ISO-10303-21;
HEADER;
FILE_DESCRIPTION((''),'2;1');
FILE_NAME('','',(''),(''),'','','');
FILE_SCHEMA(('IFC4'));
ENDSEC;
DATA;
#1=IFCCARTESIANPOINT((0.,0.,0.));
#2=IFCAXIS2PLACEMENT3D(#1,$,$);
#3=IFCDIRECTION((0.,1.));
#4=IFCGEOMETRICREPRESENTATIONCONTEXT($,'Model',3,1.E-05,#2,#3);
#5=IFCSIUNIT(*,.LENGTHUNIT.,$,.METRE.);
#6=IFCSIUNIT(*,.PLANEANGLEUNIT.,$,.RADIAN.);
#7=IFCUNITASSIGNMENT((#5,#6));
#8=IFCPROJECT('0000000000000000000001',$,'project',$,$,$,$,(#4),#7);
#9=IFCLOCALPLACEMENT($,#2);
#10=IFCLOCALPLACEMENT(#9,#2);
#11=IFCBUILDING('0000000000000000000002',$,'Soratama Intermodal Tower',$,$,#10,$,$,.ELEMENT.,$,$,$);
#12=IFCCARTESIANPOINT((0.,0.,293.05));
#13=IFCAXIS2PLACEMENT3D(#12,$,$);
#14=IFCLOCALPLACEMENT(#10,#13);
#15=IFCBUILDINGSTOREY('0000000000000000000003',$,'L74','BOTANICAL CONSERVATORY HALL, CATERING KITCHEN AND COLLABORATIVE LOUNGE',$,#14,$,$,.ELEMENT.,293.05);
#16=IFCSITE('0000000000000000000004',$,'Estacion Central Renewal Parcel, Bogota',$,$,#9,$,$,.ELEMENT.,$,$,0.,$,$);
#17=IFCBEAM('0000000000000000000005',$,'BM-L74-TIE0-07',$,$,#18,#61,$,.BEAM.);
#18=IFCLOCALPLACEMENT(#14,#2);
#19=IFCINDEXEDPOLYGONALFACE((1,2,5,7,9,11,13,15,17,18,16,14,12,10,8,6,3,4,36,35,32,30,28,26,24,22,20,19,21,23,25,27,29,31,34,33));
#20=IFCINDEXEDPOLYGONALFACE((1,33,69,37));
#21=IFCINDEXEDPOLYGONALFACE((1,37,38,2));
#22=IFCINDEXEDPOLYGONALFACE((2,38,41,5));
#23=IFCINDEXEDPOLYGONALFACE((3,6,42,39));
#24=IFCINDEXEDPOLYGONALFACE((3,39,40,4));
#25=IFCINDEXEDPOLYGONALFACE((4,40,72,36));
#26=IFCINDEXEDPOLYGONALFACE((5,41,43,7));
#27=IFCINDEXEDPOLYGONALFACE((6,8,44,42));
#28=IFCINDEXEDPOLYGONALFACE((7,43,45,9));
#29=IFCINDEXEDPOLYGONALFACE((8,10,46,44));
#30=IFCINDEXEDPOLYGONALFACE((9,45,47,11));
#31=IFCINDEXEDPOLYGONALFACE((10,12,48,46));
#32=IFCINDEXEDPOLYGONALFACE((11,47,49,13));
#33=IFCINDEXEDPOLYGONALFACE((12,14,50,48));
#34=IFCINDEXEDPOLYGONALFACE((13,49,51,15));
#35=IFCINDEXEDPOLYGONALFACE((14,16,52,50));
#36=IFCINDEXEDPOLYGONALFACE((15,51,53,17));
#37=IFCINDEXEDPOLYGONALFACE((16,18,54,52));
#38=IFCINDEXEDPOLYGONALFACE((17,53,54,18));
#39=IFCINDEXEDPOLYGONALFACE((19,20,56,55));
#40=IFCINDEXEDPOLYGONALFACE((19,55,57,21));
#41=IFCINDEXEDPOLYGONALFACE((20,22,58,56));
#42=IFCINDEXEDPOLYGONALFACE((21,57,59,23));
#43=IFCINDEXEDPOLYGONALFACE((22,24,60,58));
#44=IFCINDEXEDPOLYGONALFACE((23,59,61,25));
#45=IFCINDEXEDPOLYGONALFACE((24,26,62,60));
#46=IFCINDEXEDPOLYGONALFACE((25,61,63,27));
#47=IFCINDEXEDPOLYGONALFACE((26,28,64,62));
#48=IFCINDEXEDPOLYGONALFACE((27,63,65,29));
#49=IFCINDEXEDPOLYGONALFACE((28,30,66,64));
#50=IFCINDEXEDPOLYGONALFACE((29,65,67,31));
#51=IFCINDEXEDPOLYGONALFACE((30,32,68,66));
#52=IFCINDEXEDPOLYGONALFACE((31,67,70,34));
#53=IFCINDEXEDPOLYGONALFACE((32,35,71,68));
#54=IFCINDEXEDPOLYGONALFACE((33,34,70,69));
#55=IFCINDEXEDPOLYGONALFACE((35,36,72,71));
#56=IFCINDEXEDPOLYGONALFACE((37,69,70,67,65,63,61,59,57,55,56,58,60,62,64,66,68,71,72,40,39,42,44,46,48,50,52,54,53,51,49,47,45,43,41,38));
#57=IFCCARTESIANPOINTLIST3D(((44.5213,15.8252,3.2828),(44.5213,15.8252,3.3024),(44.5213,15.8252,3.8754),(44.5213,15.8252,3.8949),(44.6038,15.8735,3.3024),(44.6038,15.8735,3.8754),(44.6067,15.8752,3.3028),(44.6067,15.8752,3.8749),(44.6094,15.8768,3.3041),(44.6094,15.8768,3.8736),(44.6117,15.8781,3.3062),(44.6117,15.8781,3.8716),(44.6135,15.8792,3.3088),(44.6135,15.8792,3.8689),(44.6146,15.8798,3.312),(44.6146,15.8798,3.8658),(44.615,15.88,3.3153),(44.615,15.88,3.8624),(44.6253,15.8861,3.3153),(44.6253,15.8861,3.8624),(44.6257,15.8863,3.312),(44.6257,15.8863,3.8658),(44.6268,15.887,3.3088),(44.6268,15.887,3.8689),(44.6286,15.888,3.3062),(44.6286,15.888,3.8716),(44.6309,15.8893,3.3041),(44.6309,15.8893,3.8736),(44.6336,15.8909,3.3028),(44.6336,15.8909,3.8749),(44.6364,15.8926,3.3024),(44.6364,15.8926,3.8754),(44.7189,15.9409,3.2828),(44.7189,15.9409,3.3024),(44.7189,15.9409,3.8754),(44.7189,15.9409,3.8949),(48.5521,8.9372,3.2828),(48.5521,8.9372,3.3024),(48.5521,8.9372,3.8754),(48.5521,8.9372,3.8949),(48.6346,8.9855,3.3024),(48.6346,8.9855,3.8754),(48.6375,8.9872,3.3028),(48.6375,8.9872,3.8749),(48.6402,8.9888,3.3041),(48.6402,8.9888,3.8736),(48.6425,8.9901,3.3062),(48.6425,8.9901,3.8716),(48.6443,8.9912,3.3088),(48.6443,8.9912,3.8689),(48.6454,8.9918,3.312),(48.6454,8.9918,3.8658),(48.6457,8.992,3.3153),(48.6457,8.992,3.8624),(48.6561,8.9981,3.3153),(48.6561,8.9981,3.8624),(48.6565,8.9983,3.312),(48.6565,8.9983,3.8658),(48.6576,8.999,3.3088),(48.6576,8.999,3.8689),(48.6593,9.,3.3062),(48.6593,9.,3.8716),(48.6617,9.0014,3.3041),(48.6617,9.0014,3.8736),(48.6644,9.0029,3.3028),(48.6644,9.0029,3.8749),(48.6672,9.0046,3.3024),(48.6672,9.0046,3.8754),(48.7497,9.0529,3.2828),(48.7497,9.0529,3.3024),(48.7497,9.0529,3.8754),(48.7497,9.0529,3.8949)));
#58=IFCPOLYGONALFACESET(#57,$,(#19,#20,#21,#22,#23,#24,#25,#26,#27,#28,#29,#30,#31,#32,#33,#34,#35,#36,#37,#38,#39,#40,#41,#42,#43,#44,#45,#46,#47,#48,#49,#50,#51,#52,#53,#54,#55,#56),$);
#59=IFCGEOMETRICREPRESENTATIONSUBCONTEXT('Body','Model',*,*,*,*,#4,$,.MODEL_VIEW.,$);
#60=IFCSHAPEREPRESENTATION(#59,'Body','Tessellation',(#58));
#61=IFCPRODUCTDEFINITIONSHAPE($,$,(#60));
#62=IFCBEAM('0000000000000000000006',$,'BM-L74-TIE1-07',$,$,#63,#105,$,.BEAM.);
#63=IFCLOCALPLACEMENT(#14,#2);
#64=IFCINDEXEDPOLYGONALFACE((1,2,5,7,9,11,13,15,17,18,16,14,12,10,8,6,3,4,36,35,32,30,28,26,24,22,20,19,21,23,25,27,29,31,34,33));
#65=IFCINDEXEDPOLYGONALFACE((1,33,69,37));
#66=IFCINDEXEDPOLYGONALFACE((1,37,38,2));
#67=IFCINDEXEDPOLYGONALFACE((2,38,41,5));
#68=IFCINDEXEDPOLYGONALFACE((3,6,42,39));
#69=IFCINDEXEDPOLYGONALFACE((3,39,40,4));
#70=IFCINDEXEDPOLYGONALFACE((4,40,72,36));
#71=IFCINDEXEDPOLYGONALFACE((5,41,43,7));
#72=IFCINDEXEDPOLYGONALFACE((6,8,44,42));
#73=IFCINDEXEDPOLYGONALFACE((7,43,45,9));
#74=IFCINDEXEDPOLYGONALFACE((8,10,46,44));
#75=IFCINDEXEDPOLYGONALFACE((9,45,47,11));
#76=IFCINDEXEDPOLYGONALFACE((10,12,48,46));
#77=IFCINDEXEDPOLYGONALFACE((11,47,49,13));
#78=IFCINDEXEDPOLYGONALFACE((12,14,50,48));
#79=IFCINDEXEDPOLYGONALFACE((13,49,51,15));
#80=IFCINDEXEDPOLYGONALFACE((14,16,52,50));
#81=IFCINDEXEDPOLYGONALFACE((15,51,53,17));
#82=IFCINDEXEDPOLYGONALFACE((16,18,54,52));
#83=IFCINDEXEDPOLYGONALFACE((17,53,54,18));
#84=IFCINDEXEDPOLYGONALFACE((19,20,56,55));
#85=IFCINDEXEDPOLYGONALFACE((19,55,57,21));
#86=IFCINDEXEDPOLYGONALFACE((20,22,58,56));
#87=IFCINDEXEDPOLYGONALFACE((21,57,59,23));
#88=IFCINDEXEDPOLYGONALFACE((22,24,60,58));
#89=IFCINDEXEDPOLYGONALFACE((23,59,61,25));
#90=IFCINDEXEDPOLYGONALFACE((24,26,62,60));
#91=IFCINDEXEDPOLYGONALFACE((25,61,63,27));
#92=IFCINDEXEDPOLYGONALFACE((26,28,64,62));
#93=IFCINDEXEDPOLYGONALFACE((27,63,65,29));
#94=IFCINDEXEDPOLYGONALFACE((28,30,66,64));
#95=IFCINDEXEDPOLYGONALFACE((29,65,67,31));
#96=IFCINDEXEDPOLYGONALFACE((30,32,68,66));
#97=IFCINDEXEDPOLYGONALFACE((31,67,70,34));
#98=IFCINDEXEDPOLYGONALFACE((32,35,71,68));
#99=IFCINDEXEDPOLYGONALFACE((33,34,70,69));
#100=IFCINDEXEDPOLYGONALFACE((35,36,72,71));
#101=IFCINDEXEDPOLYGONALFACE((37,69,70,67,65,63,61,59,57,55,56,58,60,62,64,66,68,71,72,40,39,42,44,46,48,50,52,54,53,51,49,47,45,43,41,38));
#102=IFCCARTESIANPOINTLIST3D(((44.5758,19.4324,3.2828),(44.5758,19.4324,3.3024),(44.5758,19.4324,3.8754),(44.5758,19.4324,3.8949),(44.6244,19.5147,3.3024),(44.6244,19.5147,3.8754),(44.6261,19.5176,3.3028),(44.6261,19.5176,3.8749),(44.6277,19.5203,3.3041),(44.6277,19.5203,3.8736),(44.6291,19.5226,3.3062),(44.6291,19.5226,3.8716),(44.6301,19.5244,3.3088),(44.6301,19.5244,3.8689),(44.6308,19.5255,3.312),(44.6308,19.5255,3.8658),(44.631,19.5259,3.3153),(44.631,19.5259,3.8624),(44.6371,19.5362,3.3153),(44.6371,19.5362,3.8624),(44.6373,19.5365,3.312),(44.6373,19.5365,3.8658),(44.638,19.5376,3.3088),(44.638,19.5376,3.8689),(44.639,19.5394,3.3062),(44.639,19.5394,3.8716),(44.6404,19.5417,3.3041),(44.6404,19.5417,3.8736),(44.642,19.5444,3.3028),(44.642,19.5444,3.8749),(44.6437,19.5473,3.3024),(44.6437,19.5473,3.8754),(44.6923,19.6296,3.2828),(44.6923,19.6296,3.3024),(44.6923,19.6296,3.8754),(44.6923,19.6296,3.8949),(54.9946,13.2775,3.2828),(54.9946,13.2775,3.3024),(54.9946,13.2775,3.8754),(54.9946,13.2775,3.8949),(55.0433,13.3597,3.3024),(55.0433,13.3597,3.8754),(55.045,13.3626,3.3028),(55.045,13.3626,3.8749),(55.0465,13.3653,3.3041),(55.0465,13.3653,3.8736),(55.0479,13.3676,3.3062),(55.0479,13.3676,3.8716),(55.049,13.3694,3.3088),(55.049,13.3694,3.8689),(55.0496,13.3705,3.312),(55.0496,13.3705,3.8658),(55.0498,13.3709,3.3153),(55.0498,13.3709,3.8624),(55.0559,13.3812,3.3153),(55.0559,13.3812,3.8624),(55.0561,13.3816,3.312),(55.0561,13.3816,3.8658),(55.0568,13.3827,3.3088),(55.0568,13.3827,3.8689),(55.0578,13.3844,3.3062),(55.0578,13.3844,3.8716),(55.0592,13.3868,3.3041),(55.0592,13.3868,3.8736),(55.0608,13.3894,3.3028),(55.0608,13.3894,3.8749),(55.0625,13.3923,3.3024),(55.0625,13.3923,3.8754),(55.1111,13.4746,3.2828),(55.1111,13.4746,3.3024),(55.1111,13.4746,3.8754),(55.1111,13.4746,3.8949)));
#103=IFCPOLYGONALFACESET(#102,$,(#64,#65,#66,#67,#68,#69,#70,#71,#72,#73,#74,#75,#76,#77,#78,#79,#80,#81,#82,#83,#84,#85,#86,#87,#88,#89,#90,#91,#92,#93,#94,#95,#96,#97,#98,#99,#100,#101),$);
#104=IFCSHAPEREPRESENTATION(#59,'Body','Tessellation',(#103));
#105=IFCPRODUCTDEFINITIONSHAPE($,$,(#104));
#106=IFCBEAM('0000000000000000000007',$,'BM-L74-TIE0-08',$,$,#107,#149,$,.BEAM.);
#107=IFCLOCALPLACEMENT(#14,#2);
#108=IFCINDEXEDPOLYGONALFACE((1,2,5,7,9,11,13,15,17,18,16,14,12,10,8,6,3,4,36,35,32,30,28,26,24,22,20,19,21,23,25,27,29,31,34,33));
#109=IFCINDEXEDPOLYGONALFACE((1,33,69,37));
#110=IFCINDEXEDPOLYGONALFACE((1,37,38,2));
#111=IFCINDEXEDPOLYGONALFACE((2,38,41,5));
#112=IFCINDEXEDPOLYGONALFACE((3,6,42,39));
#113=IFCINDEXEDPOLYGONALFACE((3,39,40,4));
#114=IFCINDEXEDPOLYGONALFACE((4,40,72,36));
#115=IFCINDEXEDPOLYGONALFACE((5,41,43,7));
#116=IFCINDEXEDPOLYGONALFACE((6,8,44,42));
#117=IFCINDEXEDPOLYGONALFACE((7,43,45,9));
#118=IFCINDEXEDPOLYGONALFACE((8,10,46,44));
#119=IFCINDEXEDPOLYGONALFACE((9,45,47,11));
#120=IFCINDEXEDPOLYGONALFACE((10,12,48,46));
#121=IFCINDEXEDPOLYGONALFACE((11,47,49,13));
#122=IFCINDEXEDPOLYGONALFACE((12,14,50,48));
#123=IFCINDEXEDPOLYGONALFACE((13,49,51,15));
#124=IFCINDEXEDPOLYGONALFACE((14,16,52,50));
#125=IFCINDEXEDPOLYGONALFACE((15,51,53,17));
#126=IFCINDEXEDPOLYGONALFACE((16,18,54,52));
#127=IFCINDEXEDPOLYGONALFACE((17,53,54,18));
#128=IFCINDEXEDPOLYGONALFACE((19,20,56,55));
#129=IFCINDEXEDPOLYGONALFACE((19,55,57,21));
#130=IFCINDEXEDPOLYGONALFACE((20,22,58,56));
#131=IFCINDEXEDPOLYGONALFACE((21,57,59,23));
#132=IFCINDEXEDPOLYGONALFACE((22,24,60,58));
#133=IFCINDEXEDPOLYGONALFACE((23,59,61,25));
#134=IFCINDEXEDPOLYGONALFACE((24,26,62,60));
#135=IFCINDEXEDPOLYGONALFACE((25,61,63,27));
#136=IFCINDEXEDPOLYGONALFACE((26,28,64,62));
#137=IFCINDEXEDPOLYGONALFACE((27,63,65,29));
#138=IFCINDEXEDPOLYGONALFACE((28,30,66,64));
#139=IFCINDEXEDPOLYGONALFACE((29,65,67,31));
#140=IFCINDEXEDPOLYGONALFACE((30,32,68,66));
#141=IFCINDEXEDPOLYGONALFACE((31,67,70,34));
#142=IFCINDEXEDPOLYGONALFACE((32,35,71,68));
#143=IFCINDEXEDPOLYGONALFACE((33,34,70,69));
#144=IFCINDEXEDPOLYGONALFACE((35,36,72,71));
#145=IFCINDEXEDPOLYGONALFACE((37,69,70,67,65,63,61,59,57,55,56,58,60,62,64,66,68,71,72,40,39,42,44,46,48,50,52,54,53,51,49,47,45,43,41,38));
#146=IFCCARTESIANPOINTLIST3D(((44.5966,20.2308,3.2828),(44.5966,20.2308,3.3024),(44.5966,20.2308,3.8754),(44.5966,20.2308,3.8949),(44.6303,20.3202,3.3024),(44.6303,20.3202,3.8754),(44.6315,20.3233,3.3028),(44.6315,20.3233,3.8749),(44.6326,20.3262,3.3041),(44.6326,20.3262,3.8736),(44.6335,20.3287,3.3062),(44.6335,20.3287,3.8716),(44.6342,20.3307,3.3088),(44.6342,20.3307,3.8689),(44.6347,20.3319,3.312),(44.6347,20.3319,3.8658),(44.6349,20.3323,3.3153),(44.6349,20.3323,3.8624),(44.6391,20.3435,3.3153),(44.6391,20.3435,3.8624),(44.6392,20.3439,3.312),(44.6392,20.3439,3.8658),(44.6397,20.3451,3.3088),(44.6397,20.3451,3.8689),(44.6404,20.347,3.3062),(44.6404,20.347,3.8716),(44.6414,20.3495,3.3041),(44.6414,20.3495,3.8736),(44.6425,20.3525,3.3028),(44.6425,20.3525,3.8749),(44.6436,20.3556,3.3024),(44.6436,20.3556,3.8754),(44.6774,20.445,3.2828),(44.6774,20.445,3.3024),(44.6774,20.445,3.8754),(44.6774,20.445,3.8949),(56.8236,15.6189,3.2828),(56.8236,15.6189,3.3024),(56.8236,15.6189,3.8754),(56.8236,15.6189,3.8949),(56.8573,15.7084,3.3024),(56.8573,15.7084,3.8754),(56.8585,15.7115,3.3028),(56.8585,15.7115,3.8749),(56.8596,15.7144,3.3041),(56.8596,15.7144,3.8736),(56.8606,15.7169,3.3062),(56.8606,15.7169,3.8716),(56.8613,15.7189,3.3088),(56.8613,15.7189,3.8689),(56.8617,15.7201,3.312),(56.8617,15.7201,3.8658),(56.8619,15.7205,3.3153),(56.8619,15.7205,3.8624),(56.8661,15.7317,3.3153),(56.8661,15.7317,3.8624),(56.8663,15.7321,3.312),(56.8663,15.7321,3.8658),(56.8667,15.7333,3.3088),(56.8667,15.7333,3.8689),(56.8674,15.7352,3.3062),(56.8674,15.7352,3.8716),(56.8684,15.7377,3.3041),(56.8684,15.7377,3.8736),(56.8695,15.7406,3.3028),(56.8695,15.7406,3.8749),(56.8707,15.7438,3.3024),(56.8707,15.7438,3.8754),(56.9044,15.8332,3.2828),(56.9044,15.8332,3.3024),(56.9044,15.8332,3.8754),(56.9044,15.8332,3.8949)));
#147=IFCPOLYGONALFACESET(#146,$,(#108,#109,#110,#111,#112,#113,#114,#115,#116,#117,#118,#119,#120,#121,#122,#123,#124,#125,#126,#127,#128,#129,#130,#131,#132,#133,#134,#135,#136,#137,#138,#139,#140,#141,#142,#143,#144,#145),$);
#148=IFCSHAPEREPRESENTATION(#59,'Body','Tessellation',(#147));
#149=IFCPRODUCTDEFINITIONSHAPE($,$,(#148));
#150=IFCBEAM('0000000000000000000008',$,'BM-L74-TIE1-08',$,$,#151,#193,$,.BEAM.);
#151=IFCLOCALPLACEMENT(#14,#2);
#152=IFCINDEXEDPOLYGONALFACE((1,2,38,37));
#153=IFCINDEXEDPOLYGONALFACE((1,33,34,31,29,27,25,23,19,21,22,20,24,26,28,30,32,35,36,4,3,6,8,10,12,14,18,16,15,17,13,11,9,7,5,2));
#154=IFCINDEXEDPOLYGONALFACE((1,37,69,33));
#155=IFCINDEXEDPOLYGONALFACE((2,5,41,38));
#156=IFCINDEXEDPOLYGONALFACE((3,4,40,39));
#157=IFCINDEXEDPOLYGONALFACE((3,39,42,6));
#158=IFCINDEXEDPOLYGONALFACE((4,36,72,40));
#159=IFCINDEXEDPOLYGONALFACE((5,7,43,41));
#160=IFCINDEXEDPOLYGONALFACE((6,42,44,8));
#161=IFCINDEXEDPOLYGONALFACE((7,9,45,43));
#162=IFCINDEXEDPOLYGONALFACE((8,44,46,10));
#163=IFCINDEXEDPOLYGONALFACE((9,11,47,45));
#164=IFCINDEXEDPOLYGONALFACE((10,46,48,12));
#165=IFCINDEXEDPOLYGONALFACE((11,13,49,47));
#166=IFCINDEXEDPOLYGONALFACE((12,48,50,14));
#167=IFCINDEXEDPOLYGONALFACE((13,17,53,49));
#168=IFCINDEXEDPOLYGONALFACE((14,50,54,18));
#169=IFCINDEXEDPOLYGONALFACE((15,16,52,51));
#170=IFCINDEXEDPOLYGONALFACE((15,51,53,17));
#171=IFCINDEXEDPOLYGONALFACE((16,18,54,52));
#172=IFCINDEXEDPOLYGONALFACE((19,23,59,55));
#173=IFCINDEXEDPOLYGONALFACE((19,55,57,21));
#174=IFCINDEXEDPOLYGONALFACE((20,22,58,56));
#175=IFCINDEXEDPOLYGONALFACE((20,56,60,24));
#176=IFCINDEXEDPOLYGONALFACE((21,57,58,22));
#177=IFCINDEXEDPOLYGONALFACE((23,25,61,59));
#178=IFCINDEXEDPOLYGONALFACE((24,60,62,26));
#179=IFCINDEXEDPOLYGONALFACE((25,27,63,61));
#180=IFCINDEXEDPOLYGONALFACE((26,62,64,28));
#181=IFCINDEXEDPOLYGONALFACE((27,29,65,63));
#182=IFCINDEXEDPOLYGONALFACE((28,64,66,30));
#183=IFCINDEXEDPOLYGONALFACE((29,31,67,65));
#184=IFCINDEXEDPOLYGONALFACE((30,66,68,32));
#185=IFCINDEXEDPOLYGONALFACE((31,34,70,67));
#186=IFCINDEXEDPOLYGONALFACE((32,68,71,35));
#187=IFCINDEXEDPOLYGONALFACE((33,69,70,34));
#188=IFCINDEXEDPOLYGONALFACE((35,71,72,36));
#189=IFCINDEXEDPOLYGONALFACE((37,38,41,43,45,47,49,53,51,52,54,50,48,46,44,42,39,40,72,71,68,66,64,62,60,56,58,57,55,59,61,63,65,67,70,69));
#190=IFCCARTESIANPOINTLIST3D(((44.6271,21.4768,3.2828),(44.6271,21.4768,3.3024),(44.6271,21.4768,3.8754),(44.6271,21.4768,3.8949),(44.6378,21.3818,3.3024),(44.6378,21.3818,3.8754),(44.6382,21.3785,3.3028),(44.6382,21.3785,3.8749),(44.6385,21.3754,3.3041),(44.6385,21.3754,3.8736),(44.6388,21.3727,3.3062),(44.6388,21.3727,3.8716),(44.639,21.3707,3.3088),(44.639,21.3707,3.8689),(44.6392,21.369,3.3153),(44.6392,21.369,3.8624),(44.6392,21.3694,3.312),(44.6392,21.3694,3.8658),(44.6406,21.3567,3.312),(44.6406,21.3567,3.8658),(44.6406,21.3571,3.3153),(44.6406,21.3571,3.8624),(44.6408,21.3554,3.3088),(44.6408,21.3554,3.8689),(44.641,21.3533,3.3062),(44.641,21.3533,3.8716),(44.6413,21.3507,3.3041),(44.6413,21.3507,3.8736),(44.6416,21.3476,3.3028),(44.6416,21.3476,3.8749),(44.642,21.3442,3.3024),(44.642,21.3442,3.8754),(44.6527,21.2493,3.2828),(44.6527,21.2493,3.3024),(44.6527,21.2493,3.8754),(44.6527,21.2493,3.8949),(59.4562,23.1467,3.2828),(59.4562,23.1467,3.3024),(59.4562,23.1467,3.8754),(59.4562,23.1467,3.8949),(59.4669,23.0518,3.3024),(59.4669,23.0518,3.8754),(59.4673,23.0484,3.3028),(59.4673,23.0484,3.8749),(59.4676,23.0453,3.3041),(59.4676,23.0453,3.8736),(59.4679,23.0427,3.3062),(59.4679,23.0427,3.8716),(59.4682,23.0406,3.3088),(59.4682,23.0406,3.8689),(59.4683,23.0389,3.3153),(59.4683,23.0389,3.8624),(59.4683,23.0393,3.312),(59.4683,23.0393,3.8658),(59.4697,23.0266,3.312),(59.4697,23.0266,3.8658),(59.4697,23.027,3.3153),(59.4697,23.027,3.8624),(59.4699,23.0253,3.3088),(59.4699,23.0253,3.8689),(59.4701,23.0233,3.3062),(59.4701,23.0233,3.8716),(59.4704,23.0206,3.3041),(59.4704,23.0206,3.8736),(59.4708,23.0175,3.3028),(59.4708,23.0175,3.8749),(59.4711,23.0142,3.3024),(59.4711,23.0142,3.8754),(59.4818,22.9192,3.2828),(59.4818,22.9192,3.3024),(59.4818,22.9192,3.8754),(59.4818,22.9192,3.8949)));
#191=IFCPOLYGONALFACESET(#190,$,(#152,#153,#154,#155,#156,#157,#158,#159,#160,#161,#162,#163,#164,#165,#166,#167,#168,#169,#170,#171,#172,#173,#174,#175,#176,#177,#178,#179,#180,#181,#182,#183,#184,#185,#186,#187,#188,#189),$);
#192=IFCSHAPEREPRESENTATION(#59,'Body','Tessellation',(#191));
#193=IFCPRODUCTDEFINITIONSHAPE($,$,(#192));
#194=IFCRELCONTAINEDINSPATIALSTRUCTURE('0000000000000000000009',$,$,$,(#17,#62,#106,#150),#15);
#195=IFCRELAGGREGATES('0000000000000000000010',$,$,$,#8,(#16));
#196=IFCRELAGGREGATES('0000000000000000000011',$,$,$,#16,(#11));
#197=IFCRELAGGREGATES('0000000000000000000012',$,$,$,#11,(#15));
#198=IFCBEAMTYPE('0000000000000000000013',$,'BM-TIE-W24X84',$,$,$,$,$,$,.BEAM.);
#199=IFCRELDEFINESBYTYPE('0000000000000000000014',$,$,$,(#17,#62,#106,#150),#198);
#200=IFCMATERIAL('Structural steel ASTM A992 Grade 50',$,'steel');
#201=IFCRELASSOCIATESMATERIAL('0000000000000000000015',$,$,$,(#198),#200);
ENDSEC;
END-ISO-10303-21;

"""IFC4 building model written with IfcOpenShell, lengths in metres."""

from ifc_helpers import new_model, si_unit, direction, frame, origin, origin_2d, place, context, subcontext, project, spatial, i_section, extrude, material, material_profile, profile_set, type_object, element, save


model = new_model("IFC4")

# Units and contexts
model_context = context("Model", 3, precision=1e-05, world=origin(), true_north=direction((0.0, 1.0)))
body_context = subcontext(model_context, "Body", "Model", "MODEL_VIEW")
ifc_project = project(units=[si_unit("LENGTHUNIT", "METRE"), si_unit("PLANEANGLEUNIT", "RADIAN")], contexts=[model_context])

# Site, building, storey
site_placement = place(None, origin())
site = spatial("IfcSite", under=ifc_project, at=site_placement, Name="Estacion Central Renewal Parcel, Bogota", CompositionType="ELEMENT", RefElevation=0.0)
building_placement = place(site_placement, origin())
building = spatial("IfcBuilding", under=site, at=building_placement, Name="Soratama Intermodal Tower", CompositionType="ELEMENT")
storey_placement = place(building_placement, frame((0.0, 0.0, 293.05)))
storey = spatial("IfcBuildingStorey", under=building, at=storey_placement, Name="L74", Description="BOTANICAL CONSERVATORY HALL, CATERING KITCHEN AND COLLABORATIVE LOUNGE", CompositionType="ELEMENT", Elevation=293.05)

# Beams
ifc_material_1 = material(Name="Structural steel ASTM A992 Grade 50", Category="steel")
ifc_material_profile_1 = material_profile(ifc_material_1, i_section(OverallWidth=0.229, OverallDepth=0.6121, WebThickness=0.012, FlangeThickness=0.0195, FilletRadius=0.0129, at=origin_2d()), Name="W24X84")
ifc_profile_set_1 = profile_set([ifc_material_profile_1], Name="Structural steel ASTM A992 Grade 50")
beam_type_1 = type_object("IfcBeamType", Name="BM-TIE-W24X84", PredefinedType="BEAM", material=ifc_profile_set_1)
beam_1_placement = place(storey_placement, frame((44.6201, 15.8831, 3.5889), z_axis=(0.505067, -0.86308, 0.0), x_axis=(0.86308, 0.505067, 0.0)))
element("IfcBeam", 1, at=beam_1_placement, inside=storey, type_object=beam_type_1, Name="BM-L74-TIE0-07", PredefinedType="BEAM", context=body_context, shape_type="SweptSolid", body=[
    extrude(i_section(OverallWidth=0.229, OverallDepth=0.6121, WebThickness=0.012, FlangeThickness=0.0195, FilletRadius=0.0129, at=origin_2d()), origin(), (0.0, 0.0, 1.0), 7.9807),
])
beam_2_placement = place(storey_placement, frame((44.634, 19.531, 3.5889), z_axis=(0.860985, -0.50863, 0.0), x_axis=(0.50863, 0.860985, 0.0)))
element("IfcBeam", 2, at=beam_2_placement, inside=storey, type_object=beam_type_1, Name="BM-L74-TIE1-07", PredefinedType="BEAM", context=body_context, shape_type="SweptSolid", body=[
    extrude(i_section(OverallWidth=0.229, OverallDepth=0.6121, WebThickness=0.012, FlangeThickness=0.0195, FilletRadius=0.0129, at=origin_2d()), origin(), (0.0, 0.0, 1.0), 12.1011),
])
beam_3_placement = place(storey_placement, frame((44.637, 20.3379, 3.5889), z_axis=(0.935656, -0.352912, 0.0), x_axis=(0.352912, 0.935656, 0.0)))
element("IfcBeam", 3, at=beam_3_placement, inside=storey, type_object=beam_type_1, Name="BM-L74-TIE0-08", PredefinedType="BEAM", context=body_context, shape_type="SweptSolid", body=[
    extrude(i_section(OverallWidth=0.229, OverallDepth=0.6121, WebThickness=0.012, FlangeThickness=0.0195, FilletRadius=0.0129, at=origin_2d()), origin(), (0.0, 0.0, 1.0), 13.0679),
])
beam_4_placement = place(storey_placement, frame((44.6399, 21.363, 3.5889), z_axis=(0.993719, 0.111904, 0.0), x_axis=(-0.111904, 0.993719, 0.0)))
element("IfcBeam", 4, at=beam_4_placement, inside=storey, type_object=beam_type_1, Name="BM-L74-TIE1-08", PredefinedType="BEAM", context=body_context, shape_type="SweptSolid", body=[
    extrude(i_section(OverallWidth=0.229, OverallDepth=0.6121, WebThickness=0.012, FlangeThickness=0.0195, FilletRadius=0.0129, at=origin_2d()), origin(), (0.0, 0.0, 1.0), 14.9229),
])

save(model, "model.ifc")
